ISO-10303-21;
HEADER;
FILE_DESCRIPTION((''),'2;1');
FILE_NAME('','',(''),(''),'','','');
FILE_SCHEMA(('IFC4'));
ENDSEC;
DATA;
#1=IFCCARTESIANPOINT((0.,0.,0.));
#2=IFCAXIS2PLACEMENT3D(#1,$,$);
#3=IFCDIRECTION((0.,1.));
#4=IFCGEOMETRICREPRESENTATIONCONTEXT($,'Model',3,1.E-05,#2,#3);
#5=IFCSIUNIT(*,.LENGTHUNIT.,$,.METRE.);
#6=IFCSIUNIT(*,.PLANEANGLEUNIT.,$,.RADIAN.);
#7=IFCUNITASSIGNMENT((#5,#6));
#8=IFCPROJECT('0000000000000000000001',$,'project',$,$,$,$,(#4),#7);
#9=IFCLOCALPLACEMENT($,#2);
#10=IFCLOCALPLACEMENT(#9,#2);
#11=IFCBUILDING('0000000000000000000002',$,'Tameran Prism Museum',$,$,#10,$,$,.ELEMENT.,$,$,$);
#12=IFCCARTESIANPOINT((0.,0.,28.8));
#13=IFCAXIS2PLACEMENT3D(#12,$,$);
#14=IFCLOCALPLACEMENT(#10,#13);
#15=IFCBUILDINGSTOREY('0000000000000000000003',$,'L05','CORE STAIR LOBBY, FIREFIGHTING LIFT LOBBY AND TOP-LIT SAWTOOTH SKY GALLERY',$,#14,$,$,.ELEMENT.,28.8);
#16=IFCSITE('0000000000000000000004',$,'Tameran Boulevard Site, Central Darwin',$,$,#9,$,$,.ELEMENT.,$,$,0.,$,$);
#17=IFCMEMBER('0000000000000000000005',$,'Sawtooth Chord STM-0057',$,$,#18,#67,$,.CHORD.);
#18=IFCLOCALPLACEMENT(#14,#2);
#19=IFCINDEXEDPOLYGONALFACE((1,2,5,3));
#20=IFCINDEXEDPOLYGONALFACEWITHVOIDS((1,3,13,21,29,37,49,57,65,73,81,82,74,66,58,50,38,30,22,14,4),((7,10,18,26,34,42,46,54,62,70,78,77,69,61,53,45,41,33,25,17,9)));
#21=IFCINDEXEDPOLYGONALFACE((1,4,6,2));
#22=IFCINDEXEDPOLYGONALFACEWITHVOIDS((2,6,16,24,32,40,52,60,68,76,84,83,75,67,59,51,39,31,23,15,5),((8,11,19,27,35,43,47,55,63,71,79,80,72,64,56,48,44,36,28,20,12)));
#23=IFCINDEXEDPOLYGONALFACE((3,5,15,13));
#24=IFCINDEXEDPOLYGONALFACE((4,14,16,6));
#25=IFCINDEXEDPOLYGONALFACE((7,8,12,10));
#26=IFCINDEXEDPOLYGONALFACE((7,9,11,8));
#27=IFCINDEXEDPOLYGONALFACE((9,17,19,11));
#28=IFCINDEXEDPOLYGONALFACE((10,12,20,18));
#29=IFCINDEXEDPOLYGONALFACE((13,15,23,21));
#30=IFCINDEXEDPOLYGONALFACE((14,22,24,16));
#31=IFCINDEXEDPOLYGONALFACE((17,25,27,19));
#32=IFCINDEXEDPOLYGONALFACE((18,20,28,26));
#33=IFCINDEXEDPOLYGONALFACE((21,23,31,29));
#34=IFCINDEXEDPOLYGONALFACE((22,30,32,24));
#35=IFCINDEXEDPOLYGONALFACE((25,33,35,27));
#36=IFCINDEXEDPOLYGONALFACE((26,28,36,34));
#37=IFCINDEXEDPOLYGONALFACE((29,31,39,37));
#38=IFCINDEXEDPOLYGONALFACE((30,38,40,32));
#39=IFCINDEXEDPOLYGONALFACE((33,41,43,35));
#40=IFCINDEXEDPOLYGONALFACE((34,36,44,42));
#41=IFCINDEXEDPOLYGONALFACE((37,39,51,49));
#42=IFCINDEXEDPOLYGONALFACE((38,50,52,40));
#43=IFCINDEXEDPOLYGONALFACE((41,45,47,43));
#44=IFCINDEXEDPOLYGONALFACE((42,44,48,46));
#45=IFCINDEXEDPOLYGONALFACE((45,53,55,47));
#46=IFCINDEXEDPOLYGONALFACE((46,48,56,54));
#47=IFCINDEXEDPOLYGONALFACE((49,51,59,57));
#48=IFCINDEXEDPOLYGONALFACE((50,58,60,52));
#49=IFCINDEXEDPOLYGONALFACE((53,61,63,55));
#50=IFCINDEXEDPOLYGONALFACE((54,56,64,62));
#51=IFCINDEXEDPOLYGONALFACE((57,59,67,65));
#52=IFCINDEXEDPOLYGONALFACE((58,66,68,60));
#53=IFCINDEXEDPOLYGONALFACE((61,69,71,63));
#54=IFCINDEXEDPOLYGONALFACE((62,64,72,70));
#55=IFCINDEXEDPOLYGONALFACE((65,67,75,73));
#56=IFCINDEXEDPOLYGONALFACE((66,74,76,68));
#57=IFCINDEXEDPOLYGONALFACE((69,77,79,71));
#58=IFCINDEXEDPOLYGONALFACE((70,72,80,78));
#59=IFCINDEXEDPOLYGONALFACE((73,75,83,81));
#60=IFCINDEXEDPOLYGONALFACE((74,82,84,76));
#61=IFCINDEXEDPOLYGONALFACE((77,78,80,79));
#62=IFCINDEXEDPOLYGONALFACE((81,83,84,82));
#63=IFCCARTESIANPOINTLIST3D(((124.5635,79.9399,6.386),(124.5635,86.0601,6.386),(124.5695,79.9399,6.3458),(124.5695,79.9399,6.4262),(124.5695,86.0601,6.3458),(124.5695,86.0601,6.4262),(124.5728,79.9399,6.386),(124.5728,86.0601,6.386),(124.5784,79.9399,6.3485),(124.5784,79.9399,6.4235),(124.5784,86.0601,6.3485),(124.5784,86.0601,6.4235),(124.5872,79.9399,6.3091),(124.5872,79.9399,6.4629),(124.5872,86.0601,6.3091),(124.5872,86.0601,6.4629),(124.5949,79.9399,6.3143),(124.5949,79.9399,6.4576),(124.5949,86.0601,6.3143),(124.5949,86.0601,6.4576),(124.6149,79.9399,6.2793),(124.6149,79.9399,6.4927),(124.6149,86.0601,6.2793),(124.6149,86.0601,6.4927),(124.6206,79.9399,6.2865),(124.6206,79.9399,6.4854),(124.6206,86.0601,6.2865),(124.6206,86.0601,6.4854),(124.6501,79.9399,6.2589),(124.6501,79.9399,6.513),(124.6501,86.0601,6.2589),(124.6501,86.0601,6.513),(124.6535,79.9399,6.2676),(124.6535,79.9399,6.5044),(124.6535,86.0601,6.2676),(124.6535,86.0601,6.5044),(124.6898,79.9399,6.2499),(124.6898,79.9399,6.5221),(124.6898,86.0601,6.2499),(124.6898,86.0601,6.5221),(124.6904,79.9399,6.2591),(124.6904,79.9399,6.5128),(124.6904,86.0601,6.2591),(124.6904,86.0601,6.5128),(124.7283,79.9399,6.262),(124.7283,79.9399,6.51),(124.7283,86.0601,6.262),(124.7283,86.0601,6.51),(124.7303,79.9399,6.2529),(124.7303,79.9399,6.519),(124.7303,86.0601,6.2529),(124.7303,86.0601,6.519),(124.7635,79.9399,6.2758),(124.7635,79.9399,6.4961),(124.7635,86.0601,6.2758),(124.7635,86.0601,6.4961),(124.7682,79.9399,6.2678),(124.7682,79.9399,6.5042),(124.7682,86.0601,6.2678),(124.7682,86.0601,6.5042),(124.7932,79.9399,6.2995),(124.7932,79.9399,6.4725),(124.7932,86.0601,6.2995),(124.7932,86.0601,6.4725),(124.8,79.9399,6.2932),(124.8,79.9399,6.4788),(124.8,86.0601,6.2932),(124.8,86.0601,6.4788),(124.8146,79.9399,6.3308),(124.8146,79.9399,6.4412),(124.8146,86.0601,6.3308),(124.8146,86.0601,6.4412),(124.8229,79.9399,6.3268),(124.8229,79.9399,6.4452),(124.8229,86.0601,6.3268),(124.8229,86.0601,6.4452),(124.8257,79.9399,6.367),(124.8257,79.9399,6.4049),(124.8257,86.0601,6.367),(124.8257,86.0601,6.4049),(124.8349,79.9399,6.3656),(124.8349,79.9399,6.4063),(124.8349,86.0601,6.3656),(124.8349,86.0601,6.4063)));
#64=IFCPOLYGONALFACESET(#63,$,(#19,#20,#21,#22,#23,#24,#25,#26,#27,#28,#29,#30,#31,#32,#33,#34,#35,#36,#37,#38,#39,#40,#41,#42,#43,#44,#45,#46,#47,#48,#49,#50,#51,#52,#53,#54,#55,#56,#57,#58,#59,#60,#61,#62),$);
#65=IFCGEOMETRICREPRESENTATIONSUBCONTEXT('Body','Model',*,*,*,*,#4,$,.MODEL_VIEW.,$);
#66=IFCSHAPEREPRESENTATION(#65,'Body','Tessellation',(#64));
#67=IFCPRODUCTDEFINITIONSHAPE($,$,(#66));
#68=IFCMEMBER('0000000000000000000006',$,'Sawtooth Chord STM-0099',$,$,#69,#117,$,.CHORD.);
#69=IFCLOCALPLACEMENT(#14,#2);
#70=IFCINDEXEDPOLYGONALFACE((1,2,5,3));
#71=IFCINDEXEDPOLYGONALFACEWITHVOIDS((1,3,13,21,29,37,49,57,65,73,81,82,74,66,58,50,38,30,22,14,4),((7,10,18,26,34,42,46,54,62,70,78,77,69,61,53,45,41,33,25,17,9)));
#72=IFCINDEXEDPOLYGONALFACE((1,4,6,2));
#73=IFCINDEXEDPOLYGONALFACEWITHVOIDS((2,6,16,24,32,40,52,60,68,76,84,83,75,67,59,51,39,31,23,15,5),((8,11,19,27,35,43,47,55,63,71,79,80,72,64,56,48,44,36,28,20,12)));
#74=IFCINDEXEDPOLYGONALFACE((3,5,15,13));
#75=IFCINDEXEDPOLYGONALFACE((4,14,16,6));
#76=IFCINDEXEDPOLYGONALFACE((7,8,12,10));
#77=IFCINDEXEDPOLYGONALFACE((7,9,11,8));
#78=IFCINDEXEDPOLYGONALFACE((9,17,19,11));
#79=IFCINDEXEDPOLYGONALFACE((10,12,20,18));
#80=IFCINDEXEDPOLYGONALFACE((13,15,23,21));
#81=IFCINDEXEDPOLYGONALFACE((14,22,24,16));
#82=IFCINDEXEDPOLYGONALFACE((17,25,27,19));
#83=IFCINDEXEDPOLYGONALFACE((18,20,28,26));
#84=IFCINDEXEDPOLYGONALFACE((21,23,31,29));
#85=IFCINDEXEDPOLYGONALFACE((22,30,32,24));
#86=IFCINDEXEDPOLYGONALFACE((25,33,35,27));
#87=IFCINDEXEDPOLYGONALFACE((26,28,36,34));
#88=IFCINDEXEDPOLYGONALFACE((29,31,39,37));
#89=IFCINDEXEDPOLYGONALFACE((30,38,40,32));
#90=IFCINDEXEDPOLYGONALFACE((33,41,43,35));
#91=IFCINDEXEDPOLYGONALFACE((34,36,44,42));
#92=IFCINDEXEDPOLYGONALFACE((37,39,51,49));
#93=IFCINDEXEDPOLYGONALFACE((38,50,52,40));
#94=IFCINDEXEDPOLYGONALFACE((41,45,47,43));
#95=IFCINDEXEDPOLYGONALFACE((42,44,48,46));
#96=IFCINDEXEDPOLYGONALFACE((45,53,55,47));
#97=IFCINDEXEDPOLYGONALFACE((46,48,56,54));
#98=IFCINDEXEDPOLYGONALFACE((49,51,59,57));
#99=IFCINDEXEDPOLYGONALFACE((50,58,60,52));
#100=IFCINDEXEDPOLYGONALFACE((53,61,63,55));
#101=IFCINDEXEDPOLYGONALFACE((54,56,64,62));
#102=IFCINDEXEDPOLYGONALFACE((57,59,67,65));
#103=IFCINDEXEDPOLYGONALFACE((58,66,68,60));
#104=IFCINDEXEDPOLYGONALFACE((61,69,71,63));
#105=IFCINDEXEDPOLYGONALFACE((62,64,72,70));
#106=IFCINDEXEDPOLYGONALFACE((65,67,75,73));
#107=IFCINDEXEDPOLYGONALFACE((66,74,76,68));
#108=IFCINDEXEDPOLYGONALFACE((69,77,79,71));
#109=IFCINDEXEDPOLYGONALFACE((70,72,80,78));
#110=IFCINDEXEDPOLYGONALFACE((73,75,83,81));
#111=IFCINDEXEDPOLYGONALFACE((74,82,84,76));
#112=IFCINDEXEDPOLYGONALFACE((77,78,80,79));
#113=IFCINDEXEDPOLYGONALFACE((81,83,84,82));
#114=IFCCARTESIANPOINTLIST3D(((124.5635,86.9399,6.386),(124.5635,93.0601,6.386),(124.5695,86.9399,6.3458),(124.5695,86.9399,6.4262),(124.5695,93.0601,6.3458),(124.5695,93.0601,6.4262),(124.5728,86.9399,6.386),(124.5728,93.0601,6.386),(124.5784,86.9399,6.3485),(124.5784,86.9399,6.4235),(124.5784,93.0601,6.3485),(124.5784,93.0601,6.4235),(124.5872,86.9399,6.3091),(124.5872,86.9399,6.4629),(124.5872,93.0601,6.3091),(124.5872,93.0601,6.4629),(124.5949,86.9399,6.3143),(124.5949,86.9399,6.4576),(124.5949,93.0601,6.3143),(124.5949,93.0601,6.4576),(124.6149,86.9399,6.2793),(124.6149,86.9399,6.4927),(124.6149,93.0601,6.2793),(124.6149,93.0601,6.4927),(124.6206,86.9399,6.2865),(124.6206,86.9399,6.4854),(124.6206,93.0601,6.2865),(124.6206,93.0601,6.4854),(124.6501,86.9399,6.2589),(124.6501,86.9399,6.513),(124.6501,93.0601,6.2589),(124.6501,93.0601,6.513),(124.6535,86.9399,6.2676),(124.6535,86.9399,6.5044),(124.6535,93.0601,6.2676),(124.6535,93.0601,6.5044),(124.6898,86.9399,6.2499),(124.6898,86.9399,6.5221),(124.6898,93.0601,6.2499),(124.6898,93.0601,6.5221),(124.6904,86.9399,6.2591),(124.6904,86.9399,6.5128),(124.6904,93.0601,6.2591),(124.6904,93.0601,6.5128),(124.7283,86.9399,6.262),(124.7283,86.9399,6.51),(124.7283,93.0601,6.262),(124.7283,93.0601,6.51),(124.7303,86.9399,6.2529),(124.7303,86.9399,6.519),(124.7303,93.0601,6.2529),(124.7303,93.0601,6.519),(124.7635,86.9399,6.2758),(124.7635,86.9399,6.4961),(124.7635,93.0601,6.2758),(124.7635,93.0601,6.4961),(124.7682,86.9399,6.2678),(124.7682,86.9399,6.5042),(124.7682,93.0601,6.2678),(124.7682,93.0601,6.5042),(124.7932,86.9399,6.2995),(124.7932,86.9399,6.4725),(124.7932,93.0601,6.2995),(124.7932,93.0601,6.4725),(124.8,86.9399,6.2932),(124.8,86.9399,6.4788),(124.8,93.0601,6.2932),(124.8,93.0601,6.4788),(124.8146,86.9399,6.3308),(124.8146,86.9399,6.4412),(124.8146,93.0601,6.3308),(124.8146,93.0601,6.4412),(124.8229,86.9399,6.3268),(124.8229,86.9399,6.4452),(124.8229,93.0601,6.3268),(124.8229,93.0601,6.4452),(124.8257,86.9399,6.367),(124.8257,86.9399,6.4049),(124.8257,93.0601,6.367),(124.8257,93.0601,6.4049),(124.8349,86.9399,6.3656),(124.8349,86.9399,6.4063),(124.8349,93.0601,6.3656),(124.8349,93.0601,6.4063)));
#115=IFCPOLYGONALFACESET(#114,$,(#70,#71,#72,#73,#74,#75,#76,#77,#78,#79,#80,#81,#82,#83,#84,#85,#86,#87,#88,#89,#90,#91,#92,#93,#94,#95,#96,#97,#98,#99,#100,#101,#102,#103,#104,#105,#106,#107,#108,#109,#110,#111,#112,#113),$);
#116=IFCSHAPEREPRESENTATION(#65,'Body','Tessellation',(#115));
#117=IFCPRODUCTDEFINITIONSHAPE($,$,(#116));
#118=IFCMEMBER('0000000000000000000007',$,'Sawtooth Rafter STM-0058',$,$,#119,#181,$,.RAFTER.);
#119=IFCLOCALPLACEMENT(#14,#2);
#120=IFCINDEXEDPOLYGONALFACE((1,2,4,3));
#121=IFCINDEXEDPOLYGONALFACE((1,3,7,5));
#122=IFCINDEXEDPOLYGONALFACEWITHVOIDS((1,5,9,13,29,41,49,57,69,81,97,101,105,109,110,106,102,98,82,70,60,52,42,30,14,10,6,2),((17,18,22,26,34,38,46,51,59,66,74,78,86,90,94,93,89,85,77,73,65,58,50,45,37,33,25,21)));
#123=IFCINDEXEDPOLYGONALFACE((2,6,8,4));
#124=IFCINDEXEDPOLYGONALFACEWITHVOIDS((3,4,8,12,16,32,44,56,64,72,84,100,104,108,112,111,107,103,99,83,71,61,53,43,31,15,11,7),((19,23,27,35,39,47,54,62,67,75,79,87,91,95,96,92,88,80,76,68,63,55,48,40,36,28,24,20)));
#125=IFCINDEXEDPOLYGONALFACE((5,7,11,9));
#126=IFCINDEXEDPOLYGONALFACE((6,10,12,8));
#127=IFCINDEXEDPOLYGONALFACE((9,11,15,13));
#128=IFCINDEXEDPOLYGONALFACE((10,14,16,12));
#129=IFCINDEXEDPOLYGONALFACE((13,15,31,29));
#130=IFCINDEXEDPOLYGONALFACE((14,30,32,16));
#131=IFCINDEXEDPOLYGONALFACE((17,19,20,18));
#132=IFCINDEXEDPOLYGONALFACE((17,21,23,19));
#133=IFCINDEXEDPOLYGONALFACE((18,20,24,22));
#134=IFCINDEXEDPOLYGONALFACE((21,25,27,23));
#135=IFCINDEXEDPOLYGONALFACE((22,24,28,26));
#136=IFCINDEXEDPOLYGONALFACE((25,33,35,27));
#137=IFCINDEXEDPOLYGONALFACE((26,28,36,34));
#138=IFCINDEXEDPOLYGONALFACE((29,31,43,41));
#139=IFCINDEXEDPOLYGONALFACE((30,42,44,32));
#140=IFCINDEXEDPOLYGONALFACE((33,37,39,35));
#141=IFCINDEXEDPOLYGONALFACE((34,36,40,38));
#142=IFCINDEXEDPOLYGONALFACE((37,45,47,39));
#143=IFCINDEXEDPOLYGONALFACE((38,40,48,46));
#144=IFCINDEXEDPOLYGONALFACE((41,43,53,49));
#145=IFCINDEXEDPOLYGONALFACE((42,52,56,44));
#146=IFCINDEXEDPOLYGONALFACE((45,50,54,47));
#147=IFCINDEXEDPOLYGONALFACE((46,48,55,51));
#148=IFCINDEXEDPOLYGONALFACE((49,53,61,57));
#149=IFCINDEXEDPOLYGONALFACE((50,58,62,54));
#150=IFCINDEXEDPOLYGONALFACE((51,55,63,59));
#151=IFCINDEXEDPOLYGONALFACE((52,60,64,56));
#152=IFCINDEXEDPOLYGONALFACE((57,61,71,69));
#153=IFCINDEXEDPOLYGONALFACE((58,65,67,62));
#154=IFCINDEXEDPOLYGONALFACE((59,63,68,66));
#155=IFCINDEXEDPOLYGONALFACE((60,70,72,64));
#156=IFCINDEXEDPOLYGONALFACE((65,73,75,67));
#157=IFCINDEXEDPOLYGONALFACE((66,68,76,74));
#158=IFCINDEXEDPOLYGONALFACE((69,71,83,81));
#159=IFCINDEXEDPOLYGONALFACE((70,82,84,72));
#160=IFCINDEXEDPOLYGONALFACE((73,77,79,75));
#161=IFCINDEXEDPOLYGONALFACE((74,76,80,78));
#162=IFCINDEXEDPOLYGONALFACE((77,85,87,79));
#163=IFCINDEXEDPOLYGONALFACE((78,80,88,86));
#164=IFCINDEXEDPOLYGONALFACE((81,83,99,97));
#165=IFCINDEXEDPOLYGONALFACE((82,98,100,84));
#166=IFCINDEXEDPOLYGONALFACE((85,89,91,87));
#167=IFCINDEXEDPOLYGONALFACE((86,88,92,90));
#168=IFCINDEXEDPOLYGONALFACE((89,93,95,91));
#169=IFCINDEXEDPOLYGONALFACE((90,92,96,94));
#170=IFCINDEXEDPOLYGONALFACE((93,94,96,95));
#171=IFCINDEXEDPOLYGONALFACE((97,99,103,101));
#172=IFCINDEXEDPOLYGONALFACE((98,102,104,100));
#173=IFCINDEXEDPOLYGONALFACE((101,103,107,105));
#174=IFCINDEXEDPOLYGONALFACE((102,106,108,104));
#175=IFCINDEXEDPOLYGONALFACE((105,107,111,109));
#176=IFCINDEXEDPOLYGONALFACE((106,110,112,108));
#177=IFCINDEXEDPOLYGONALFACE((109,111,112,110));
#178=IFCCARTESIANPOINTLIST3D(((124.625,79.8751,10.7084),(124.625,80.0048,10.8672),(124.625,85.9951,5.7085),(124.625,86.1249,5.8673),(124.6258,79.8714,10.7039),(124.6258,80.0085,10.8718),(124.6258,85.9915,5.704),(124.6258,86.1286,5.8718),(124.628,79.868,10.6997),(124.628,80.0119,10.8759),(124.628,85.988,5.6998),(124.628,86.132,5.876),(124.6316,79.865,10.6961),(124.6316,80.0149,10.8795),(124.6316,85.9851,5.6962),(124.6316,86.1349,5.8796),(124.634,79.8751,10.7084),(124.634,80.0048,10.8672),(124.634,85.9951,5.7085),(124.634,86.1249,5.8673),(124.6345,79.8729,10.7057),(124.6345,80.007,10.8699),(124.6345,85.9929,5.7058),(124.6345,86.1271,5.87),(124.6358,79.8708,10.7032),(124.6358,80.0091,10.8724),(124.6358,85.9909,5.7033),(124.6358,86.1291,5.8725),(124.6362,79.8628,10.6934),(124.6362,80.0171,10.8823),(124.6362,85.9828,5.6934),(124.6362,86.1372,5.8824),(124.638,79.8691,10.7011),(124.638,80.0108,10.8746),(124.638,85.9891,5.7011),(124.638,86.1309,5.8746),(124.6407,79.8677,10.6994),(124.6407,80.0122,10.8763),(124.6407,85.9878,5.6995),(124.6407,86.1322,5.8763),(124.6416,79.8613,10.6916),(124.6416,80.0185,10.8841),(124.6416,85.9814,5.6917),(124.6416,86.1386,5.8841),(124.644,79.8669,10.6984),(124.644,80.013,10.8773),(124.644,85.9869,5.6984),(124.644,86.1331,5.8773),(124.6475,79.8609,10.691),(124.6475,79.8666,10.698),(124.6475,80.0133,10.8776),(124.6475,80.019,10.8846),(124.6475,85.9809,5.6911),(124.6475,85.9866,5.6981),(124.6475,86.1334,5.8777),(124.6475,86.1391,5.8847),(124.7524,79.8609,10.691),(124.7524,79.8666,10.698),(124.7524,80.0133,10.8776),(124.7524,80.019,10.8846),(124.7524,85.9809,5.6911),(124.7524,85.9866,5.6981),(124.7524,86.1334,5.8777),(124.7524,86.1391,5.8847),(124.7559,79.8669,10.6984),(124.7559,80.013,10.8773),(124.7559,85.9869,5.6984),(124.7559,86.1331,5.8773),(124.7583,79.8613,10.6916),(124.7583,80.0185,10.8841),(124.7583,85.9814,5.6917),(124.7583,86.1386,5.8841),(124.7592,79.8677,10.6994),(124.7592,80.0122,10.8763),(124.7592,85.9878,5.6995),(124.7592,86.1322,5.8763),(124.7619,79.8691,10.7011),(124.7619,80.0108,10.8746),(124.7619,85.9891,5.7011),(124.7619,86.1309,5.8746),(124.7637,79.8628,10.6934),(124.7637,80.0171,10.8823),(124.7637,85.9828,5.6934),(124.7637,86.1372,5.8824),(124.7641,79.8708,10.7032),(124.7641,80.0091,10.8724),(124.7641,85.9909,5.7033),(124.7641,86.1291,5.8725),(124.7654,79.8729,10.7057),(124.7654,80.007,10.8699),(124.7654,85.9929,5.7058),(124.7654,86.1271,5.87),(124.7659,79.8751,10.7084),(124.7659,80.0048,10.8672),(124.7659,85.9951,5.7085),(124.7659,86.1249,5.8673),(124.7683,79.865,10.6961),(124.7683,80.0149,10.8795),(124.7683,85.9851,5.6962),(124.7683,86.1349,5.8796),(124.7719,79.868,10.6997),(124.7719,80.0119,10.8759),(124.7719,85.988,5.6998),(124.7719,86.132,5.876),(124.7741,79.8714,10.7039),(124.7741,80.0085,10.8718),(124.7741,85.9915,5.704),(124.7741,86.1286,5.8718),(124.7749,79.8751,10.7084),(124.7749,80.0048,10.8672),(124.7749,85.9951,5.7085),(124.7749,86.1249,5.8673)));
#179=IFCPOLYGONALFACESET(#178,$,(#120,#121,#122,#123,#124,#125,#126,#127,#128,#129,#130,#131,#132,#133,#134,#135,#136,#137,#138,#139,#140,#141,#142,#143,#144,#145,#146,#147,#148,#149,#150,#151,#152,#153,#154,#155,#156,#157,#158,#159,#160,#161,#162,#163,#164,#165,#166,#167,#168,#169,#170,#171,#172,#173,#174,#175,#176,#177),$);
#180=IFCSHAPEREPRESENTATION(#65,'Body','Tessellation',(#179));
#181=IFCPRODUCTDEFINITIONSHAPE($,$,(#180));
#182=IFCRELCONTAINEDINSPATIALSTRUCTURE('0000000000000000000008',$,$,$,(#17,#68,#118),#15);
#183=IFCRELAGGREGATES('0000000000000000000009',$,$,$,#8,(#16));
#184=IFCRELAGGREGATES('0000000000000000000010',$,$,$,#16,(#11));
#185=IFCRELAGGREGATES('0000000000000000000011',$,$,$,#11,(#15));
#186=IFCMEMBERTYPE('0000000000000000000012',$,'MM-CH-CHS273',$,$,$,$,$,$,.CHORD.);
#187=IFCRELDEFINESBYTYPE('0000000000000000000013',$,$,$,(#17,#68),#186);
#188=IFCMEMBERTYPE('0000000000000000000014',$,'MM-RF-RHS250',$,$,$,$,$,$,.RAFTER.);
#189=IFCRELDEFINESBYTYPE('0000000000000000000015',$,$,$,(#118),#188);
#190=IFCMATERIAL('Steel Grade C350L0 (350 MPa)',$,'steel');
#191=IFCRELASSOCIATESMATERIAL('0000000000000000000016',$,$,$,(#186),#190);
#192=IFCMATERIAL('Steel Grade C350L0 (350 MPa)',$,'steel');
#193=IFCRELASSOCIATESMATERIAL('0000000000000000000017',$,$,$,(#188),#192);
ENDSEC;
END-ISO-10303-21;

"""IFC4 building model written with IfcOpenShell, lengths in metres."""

from ifc_helpers import new_model, si_unit, direction, frame, origin, origin_2d, place, context, subcontext, project, spatial, hollow_rectangle, hollow_circle, extrude, material, material_profile, profile_set, type_object, element, save


model = new_model("IFC4")

# Units and contexts
model_context = context("Model", 3, precision=1e-05, world=origin(), true_north=direction((0.0, 1.0)))
body_context = subcontext(model_context, "Body", "Model", "MODEL_VIEW")
ifc_project = project(units=[si_unit("LENGTHUNIT", "METRE"), si_unit("PLANEANGLEUNIT", "RADIAN")], contexts=[model_context])

# Site, building, storey
site_placement = place(None, origin())
site = spatial("IfcSite", under=ifc_project, at=site_placement, Name="Tameran Boulevard Site, Central Darwin", CompositionType="ELEMENT", RefElevation=0.0)
building_placement = place(site_placement, origin())
building = spatial("IfcBuilding", under=site, at=building_placement, Name="Tameran Prism Museum", CompositionType="ELEMENT")
storey_placement = place(building_placement, frame((0.0, 0.0, 28.8)))
storey = spatial("IfcBuildingStorey", under=building, at=storey_placement, Name="L05", Description="CORE STAIR LOBBY, FIREFIGHTING LIFT LOBBY AND TOP-LIT SAWTOOTH SKY GALLERY", CompositionType="ELEMENT", Elevation=28.8)

# Members
ifc_material_1 = material(Name="Steel Grade C350L0 (350 MPa)", Category="steel")
ifc_material_profile_1 = material_profile(ifc_material_1, hollow_circle(Radius=0.1365, WallThickness=0.0093, at=origin_2d()))
ifc_profile_set_1 = profile_set([ifc_material_profile_1])
member_type_1 = type_object("IfcMemberType", Name="MM-CH-CHS273", PredefinedType="CHORD", material=ifc_profile_set_1)
for number, where, z_axis, x_axis, name in (
    (1, (124.7, 79.9399, 6.386), (0.0, 1.0, 0.0), (-1.0, 0.0, 0.0), "Sawtooth Chord STM-0057"),
    (2, (124.7, 86.9399, 6.386), (0.0, 1.0, 0.0), (-1.0, 0.0, 0.0), "Sawtooth Chord STM-0099"),
):
    element("IfcMember", number, at=place(storey_placement, frame(where, z_axis=z_axis, x_axis=x_axis)), inside=storey, type_object=member_type_1, Name=name, PredefinedType="CHORD", context=body_context, shape_type="SweptSolid", body=[
        extrude(hollow_circle(Radius=0.1365, WallThickness=0.0093, at=origin_2d()), origin(), (0.0, 0.0, 1.0), 6.1201),
    ])
ifc_material_2 = material(Name="Steel Grade C350L0 (350 MPa)", Category="steel")
ifc_material_profile_2 = material_profile(ifc_material_2, hollow_rectangle(XDim=0.1499, YDim=0.25, WallThickness=0.009, InnerFilletRadius=0.0134, OuterFilletRadius=0.0225, at=origin_2d()))
ifc_profile_set_2 = profile_set([ifc_material_profile_2])
member_type_2 = type_object("IfcMemberType", Name="MM-RF-RHS250", PredefinedType="RAFTER", material=ifc_profile_set_2)
for number, where, z_axis, x_axis, name in (
    (3, (124.7, 79.9399, 10.7878), (0.0, 0.774414, -0.632679), (-1.0, 0.0, 0.0), "Sawtooth Rafter STM-0058"),
):
    element("IfcMember", number, at=place(storey_placement, frame(where, z_axis=z_axis, x_axis=x_axis)), inside=storey, type_object=member_type_2, Name=name, PredefinedType="RAFTER", context=body_context, shape_type="SweptSolid", body=[
        extrude(hollow_rectangle(XDim=0.1499, YDim=0.25, WallThickness=0.009, InnerFilletRadius=0.0134, OuterFilletRadius=0.0225, at=origin_2d()), origin(), (0.0, 0.0, 1.0), 7.9028),
    ])

save(model, "model.ifc")
